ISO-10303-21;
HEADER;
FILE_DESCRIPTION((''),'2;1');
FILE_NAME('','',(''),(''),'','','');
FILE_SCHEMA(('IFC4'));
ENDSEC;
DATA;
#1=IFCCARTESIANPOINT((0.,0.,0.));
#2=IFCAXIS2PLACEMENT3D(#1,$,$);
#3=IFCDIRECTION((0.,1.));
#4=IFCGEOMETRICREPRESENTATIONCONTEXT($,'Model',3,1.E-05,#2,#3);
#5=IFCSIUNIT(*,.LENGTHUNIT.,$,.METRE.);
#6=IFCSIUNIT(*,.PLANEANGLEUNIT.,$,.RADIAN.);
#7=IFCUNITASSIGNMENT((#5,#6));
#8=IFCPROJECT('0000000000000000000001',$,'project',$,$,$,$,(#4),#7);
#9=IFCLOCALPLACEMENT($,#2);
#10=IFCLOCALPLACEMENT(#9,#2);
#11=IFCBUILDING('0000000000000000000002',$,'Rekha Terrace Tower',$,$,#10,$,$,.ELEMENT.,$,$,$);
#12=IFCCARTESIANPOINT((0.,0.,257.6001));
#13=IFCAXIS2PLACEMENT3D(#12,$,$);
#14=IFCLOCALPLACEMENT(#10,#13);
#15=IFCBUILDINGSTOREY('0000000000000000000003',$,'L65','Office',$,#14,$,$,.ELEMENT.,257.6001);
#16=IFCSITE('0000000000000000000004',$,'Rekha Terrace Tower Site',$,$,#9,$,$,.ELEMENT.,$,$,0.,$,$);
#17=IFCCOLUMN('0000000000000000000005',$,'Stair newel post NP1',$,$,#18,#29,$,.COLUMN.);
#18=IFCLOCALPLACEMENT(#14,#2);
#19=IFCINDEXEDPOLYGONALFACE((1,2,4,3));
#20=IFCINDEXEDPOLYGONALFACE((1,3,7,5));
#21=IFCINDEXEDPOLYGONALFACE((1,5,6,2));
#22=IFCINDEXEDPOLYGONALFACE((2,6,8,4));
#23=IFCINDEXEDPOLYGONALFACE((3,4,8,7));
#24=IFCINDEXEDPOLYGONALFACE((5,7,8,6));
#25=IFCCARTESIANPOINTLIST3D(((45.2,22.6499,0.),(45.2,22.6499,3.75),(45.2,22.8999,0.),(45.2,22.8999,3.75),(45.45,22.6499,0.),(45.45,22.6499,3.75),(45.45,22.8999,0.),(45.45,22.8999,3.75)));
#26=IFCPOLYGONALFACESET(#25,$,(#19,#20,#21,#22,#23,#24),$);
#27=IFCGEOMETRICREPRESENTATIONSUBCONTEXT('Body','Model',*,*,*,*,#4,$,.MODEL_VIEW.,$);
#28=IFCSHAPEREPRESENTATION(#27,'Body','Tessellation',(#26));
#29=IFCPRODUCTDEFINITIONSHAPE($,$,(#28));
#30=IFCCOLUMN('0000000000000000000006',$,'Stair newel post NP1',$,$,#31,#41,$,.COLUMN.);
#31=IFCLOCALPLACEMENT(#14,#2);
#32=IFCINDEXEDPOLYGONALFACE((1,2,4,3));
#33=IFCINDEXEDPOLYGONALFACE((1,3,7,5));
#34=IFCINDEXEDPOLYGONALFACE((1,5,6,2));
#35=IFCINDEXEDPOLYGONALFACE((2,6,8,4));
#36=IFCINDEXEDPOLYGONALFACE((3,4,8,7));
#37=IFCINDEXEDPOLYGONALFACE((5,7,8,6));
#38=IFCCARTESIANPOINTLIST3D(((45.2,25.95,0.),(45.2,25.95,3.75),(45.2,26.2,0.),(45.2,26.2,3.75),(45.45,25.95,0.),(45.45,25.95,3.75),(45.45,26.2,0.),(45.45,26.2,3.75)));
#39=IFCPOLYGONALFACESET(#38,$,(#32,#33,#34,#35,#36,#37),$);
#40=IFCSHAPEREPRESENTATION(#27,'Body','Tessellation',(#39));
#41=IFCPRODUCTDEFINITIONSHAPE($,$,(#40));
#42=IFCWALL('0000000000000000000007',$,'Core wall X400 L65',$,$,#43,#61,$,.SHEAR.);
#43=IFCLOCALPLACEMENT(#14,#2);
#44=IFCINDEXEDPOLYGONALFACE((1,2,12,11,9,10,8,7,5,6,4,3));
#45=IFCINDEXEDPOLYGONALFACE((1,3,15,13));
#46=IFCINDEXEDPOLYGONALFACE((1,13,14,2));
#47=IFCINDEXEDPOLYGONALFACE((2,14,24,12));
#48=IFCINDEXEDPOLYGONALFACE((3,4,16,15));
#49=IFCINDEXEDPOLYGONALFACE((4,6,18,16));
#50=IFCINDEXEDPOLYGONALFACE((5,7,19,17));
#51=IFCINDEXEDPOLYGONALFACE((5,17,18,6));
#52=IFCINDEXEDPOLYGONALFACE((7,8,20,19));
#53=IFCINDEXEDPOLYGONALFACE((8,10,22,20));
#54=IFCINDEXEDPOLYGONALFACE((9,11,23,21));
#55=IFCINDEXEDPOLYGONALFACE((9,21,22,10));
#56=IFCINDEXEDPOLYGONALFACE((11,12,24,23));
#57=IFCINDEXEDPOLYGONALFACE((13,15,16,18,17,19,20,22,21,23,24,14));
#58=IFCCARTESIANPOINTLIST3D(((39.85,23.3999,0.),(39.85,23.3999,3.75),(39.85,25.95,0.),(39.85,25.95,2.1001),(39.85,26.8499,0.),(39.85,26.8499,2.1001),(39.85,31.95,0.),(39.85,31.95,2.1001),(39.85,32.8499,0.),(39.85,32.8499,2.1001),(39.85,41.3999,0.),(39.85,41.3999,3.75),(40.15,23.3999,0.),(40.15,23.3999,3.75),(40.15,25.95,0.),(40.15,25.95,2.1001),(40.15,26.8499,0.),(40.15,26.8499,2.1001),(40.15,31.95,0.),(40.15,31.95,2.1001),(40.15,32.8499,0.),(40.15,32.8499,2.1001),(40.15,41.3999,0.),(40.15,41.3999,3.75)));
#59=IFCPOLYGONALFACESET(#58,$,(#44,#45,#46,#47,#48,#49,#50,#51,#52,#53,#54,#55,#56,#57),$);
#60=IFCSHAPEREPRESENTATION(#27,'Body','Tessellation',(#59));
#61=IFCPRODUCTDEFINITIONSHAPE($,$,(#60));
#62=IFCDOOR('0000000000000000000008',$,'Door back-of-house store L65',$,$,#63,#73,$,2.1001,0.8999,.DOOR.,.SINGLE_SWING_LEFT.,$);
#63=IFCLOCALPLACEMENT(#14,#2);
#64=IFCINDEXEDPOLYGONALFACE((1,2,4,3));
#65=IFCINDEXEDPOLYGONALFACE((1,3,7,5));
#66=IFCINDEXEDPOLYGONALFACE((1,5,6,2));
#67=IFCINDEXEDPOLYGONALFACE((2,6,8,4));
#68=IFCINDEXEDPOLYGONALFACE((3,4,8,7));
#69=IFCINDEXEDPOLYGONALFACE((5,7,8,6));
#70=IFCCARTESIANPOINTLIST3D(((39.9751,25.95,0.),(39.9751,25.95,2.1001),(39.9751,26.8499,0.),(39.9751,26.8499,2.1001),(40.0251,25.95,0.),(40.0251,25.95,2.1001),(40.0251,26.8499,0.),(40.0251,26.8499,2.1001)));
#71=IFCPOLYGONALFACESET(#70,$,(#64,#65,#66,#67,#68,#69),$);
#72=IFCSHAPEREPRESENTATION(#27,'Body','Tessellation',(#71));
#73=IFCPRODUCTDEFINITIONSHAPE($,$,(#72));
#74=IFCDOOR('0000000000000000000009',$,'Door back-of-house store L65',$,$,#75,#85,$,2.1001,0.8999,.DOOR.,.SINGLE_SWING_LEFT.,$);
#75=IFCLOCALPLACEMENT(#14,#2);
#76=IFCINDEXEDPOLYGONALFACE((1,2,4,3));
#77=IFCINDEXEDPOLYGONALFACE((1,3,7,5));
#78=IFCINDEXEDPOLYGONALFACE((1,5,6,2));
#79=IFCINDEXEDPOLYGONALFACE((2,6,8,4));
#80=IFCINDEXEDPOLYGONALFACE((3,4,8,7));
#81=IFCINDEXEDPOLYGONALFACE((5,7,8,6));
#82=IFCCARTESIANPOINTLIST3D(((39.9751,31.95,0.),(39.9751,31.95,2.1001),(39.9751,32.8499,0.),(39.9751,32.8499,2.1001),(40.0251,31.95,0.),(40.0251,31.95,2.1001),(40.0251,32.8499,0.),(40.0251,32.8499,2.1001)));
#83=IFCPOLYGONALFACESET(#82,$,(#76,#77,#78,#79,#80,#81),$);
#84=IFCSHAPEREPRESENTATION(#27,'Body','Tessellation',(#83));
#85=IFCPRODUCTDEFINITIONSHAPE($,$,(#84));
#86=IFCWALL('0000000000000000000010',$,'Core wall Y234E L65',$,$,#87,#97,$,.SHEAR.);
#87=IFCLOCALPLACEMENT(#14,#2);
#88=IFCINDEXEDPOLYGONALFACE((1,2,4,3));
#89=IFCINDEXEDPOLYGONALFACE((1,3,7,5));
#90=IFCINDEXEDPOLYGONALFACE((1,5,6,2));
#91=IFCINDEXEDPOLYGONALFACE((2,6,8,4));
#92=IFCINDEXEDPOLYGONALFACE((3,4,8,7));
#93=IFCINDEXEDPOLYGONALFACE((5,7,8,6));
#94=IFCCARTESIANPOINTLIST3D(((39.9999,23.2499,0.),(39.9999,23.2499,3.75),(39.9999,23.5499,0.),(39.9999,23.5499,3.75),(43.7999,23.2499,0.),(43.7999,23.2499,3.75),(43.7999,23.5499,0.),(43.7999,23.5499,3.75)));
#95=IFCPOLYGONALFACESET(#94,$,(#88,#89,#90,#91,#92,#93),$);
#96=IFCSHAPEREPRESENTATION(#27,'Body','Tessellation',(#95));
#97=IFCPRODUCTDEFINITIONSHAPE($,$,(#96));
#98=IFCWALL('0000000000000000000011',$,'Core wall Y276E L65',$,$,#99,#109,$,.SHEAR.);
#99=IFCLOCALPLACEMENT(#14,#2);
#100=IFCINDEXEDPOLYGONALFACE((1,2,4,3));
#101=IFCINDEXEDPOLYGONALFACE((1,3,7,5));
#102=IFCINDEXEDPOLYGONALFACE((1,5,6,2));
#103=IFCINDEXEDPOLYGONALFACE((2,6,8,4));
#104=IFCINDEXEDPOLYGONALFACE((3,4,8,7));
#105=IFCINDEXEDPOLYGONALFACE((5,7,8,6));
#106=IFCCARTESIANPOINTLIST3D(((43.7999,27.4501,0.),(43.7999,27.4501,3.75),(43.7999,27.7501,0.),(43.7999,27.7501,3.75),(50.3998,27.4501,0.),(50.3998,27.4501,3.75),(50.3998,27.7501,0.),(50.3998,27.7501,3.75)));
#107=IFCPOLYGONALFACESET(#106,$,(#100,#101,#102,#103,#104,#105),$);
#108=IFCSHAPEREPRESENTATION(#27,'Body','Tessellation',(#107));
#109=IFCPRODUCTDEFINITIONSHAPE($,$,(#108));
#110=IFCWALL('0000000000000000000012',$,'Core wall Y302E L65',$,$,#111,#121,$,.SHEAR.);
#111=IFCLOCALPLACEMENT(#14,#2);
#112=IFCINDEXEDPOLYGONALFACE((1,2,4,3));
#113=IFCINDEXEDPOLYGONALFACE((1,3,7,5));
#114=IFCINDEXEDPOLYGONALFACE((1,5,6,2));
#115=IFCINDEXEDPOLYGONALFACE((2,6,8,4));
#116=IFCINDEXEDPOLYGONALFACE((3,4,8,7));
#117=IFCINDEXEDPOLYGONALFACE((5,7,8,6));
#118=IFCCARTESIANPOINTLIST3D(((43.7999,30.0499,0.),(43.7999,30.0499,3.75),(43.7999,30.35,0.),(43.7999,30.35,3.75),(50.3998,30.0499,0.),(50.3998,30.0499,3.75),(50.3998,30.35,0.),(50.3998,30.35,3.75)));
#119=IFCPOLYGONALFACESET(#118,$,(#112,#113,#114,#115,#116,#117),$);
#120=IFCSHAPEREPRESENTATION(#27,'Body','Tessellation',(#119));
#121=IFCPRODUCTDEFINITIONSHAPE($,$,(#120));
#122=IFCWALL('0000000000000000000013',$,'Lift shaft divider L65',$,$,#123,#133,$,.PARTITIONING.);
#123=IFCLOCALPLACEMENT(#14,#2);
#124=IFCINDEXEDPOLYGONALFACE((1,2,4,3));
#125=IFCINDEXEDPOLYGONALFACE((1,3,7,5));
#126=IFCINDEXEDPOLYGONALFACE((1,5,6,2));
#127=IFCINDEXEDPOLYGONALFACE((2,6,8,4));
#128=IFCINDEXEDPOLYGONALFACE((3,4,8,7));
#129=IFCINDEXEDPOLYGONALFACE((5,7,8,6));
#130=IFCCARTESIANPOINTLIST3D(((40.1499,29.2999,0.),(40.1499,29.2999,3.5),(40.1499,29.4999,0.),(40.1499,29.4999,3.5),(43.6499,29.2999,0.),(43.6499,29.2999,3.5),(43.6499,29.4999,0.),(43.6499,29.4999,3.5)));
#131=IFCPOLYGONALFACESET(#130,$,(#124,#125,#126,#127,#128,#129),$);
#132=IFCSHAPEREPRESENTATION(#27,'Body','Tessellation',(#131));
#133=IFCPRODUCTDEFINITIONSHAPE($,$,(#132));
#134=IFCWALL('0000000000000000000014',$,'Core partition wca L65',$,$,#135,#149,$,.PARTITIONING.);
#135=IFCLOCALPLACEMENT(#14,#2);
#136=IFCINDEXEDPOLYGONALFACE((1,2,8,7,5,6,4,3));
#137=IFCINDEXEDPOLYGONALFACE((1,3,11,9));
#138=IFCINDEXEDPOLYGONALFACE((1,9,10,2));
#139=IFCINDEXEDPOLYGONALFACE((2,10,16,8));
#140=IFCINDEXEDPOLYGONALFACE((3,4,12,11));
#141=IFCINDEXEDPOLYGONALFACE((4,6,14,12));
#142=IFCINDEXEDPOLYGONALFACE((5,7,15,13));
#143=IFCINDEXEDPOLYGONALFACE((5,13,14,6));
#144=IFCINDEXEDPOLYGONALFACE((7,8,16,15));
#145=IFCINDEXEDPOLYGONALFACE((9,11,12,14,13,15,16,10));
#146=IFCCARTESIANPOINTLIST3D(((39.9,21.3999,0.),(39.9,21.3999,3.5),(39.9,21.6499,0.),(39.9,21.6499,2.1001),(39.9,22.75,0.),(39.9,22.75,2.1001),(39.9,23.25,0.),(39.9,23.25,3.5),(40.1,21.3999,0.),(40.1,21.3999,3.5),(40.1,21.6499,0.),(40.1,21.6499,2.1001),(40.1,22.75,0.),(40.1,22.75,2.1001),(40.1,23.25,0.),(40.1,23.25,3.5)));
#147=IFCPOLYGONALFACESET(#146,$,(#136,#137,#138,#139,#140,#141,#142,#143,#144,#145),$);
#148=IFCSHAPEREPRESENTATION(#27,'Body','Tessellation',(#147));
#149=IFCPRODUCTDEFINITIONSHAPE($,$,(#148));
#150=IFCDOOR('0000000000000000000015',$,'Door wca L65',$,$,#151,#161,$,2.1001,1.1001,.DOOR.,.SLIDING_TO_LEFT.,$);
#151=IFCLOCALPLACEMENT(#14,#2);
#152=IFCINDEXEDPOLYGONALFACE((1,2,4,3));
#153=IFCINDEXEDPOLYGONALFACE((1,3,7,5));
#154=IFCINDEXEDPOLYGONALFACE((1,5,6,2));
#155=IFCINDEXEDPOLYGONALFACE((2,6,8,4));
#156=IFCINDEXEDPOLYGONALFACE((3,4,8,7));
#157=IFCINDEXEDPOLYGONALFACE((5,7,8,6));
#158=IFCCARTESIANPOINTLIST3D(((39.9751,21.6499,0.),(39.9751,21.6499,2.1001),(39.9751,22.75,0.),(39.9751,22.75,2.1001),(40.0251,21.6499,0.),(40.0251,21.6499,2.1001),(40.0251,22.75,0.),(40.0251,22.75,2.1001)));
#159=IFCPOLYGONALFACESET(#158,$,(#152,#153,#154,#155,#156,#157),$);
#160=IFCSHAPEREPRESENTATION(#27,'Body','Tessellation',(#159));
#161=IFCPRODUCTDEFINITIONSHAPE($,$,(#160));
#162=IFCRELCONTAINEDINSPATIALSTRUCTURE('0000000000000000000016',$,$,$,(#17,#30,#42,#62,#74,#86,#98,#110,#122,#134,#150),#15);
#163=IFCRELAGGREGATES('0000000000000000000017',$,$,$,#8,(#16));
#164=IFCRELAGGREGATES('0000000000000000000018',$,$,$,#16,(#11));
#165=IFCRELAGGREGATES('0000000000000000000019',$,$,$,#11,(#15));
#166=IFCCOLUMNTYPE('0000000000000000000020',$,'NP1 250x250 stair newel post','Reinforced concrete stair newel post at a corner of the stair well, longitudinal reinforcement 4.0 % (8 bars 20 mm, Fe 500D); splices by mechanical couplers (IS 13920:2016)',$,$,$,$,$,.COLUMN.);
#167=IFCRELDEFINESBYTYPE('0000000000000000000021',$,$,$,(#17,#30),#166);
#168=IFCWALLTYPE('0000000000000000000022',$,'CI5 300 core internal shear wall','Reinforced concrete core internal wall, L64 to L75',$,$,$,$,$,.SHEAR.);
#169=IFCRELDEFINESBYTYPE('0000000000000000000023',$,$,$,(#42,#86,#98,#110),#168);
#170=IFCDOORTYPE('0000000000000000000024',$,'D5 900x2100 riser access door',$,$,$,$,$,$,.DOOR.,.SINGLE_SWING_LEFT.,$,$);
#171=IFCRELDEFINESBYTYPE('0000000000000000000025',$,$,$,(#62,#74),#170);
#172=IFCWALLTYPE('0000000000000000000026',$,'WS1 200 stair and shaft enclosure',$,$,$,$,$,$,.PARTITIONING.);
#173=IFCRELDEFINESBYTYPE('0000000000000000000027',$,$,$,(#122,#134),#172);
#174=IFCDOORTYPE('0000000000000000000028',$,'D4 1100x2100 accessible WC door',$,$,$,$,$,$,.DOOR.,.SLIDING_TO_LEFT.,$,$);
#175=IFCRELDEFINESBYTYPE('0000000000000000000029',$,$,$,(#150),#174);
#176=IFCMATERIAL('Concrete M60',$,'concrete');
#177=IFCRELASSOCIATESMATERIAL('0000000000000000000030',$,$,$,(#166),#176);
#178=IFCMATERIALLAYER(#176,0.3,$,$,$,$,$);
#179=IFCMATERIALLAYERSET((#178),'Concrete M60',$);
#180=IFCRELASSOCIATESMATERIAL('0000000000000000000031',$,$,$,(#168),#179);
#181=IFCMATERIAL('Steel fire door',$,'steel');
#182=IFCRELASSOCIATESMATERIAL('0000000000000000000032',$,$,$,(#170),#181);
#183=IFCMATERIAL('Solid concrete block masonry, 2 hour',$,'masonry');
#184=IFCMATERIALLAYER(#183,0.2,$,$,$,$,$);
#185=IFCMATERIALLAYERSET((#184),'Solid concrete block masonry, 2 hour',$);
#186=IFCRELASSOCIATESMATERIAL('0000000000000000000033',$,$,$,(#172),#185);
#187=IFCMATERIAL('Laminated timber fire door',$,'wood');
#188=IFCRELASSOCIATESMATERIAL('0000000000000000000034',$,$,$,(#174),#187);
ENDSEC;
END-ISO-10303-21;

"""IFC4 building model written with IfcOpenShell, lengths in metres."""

from ifc_helpers import new_model, si_unit, direction, frame, frame_2d, origin, origin_2d, place, context, subcontext, project, spatial, rectangle, extrude, material, layer, layer_set, material_profile, profile_set, type_object, element, fill, save


model = new_model("IFC4")

# Units and contexts
model_context = context("Model", 3, precision=1e-05, world=origin(), true_north=direction((0.0, 1.0)))
body_context = subcontext(model_context, "Body", "Model", "MODEL_VIEW")
ifc_project = project(units=[si_unit("LENGTHUNIT", "METRE"), si_unit("PLANEANGLEUNIT", "RADIAN")], contexts=[model_context])

# Site, building, storey
site_placement = place(None, origin())
site = spatial("IfcSite", under=ifc_project, at=site_placement, Name="Rekha Terrace Tower Site", CompositionType="ELEMENT", RefElevation=0.0)
building_placement = place(site_placement, origin())
building = spatial("IfcBuilding", under=site, at=building_placement, Name="Rekha Terrace Tower", CompositionType="ELEMENT")
storey_placement = place(building_placement, frame((0.0, 0.0, 257.6001)))
storey = spatial("IfcBuildingStorey", under=building, at=storey_placement, Name="L65", Description="Office", CompositionType="ELEMENT", Elevation=257.6001)

# Columns
ifc_material_1 = material(Name="Concrete M60", Category="concrete")
ifc_material_profile = material_profile(ifc_material_1, rectangle(XDim=0.25, YDim=0.25, at=origin_2d()), Name="RC 250x250")
ifc_profile_set = profile_set([ifc_material_profile], Name="Concrete M60")
column_type = type_object("IfcColumnType", Name="NP1 250x250 stair newel post", Description="Reinforced concrete stair newel post at a corner of the stair well, longitudinal reinforcement 4.0 % (8 bars 20 mm, Fe 500D); splices by mechanical couplers (IS 13920:2016)", PredefinedType="COLUMN", material=ifc_profile_set)
for number, where, z_axis, x_axis, name in (
    (1, (45.325, 22.7749, 0.0), (0.0, 0.0, 1.0), (1.0, 0.0, 0.0), "Stair newel post NP1"),
    (2, (45.325, 26.075, 0.0), (0.0, 0.0, 1.0), (1.0, 0.0, 0.0), "Stair newel post NP1"),
):
    element("IfcColumn", number, at=place(storey_placement, frame(where, z_axis=z_axis, x_axis=x_axis)), inside=storey, type_object=column_type, Name=name, PredefinedType="COLUMN", context=body_context, shape_type="SweptSolid", body=[
        extrude(rectangle(XDim=0.25, YDim=0.25, at=origin_2d()), origin(), (0.0, 0.0, 1.0), 3.75),
    ])

# Wall, openings, doors
ifc_layer_1 = layer(ifc_material_1, 0.3)
ifc_layer_set_1 = layer_set([ifc_layer_1], Name="Concrete M60")
wall_type_1 = type_object("IfcWallType", Name="CI5 300 core internal shear wall", Description="Reinforced concrete core internal wall, L64 to L75", PredefinedType="SHEAR", material=ifc_layer_set_1)
wall_1_placement = place(storey_placement, frame((40.0, 23.3999, 0.0), z_axis=(0.0, 0.0, 1.0), x_axis=(0.0, 1.0, 0.0)))
wall_1 = element("IfcWall", 3, at=wall_1_placement, inside=storey, type_object=wall_type_1, Name="Core wall X400 L65", PredefinedType="SHEAR", context=body_context, shape_type="SweptSolid", body=[
    extrude(rectangle(XDim=18.0, YDim=0.3, at=frame_2d((9.0, 0.0))), origin(), (0.0, 0.0, 1.0), 3.75),
])
opening_1_placement = place(wall_1_placement, frame((2.55, 0.0, 0.0)))
opening_1 = element("IfcOpeningElement", 4, at=opening_1_placement, cuts=wall_1, PredefinedType="OPENING", context=body_context, shape_type="SweptSolid", body=[
    extrude(rectangle(XDim=0.8999, YDim=2.1001, at=frame_2d((0.45, 1.05))), frame((0.0, 0.1599, 0.0), z_axis=(0.0, -1.0, 0.0), x_axis=(1.0, 0.0, 0.0)), (0.0, 0.0, 1.0), 0.3201),
])
opening_2_placement = place(wall_1_placement, frame((8.55, 0.0, 0.0)))
opening_2 = element("IfcOpeningElement", 5, at=opening_2_placement, cuts=wall_1, PredefinedType="OPENING", context=body_context, shape_type="SweptSolid", body=[
    extrude(rectangle(XDim=0.8999, YDim=2.1001, at=frame_2d((0.45, 1.05))), frame((0.0, 0.1599, 0.0), z_axis=(0.0, -1.0, 0.0), x_axis=(1.0, 0.0, 0.0)), (0.0, 0.0, 1.0), 0.3201),
])
ifc_material_2 = material(Name="Steel fire door", Category="steel")
door_type_1 = type_object("IfcDoorType", Name="D5 900x2100 riser access door", OperationType="SINGLE_SWING_LEFT", PredefinedType="DOOR", material=ifc_material_2)
door_1_placement = place(opening_1_placement, origin())
door_1 = element("IfcDoor", 6, at=door_1_placement, inside=storey, type_object=door_type_1, Name="Door back-of-house store L65", OperationType="SINGLE_SWING_LEFT", OverallHeight=2.1001, OverallWidth=0.8999, PredefinedType="DOOR", context=body_context, shape_type="SweptSolid", body=[
    extrude(rectangle(XDim=0.8999, YDim=2.1001, at=frame_2d((0.45, 1.05))), frame((0.0, 0.0249, 0.0), z_axis=(0.0, -1.0, 0.0), x_axis=(1.0, 0.0, 0.0)), (0.0, 0.0, 1.0), 0.05),
])
fill(opening_1, door_1)
door_2_placement = place(opening_2_placement, origin())
door_2 = element("IfcDoor", 7, at=door_2_placement, inside=storey, type_object=door_type_1, Name="Door back-of-house store L65", OperationType="SINGLE_SWING_LEFT", OverallHeight=2.1001, OverallWidth=0.8999, PredefinedType="DOOR", context=body_context, shape_type="SweptSolid", body=[
    extrude(rectangle(XDim=0.8999, YDim=2.1001, at=frame_2d((0.45, 1.05))), frame((0.0, 0.0249, 0.0), z_axis=(0.0, -1.0, 0.0), x_axis=(1.0, 0.0, 0.0)), (0.0, 0.0, 1.0), 0.05),
])
fill(opening_2, door_2)

# Walls
wall_2_placement = place(storey_placement, frame((40.0, 23.3999, 0.0), z_axis=(0.0, 0.0, 1.0), x_axis=(1.0, 0.0, 0.0)))
element("IfcWall", 8, at=wall_2_placement, inside=storey, type_object=wall_type_1, Name="Core wall Y234E L65", PredefinedType="SHEAR", context=body_context, shape_type="SweptSolid", body=[
    extrude(rectangle(XDim=3.8, YDim=0.3, at=frame_2d((1.8999, 0.0))), origin(), (0.0, 0.0, 1.0), 3.75),
])
for number, where, z_axis, x_axis, name in (
    (9, (43.8, 27.6001, 0.0), (0.0, 0.0, 1.0), (1.0, 0.0, 0.0), "Core wall Y276E L65"),
    (10, (43.8, 30.2, 0.0), (0.0, 0.0, 1.0), (1.0, 0.0, 0.0), "Core wall Y302E L65"),
):
    element("IfcWall", number, at=place(storey_placement, frame(where, z_axis=z_axis, x_axis=x_axis)), inside=storey, type_object=wall_type_1, Name=name, PredefinedType="SHEAR", context=body_context, shape_type="SweptSolid", body=[
        extrude(rectangle(XDim=6.5999, YDim=0.3, at=frame_2d((3.2998, 0.0))), origin(), (0.0, 0.0, 1.0), 3.75),
    ])
ifc_material_3 = material(Name="Solid concrete block masonry, 2 hour", Category="masonry")
ifc_layer_2 = layer(ifc_material_3, 0.2)
ifc_layer_set_2 = layer_set([ifc_layer_2], Name="Solid concrete block masonry, 2 hour")
wall_type_2 = type_object("IfcWallType", Name="WS1 200 stair and shaft enclosure", PredefinedType="PARTITIONING", material=ifc_layer_set_2)
wall_3_placement = place(storey_placement, frame((40.1499, 29.3999, 0.0), z_axis=(0.0, 0.0, 1.0), x_axis=(1.0, 0.0, 0.0)))
element("IfcWall", 11, at=wall_3_placement, inside=storey, type_object=wall_type_2, Name="Lift shaft divider L65", PredefinedType="PARTITIONING", context=body_context, shape_type="SweptSolid", body=[
    extrude(rectangle(XDim=3.5, YDim=0.2, at=frame_2d((1.75, 0.0))), origin(), (0.0, 0.0, 1.0), 3.5),
])

# Wall, opening, door
wall_4_placement = place(storey_placement, frame((40.0, 21.3999, 0.0), z_axis=(0.0, 0.0, 1.0), x_axis=(0.0, 1.0, 0.0)))
wall_4 = element("IfcWall", 12, at=wall_4_placement, inside=storey, type_object=wall_type_2, Name="Core partition wca L65", PredefinedType="PARTITIONING", context=body_context, shape_type="SweptSolid", body=[
    extrude(rectangle(XDim=1.8501, YDim=0.2, at=frame_2d((0.925, 0.0))), origin(), (0.0, 0.0, 1.0), 3.5),
])
opening_3_placement = place(wall_4_placement, frame((0.25, 0.0, 0.0)))
opening_3 = element("IfcOpeningElement", 13, at=opening_3_placement, cuts=wall_4, PredefinedType="OPENING", context=body_context, shape_type="SweptSolid", body=[
    extrude(rectangle(XDim=1.1001, YDim=2.1001, at=frame_2d((0.55, 1.05))), frame((0.0, 0.1099, 0.0), z_axis=(0.0, -1.0, 0.0), x_axis=(1.0, 0.0, 0.0)), (0.0, 0.0, 1.0), 0.22),
])
ifc_material_4 = material(Name="Laminated timber fire door", Category="wood")
door_type_2 = type_object("IfcDoorType", Name="D4 1100x2100 accessible WC door", OperationType="SLIDING_TO_LEFT", PredefinedType="DOOR", material=ifc_material_4)
door_3_placement = place(opening_3_placement, origin())
door_3 = element("IfcDoor", 14, at=door_3_placement, inside=storey, type_object=door_type_2, Name="Door wca L65", OperationType="SLIDING_TO_LEFT", OverallHeight=2.1001, OverallWidth=1.1001, PredefinedType="DOOR", context=body_context, shape_type="SweptSolid", body=[
    extrude(rectangle(XDim=1.1001, YDim=2.1001, at=frame_2d((0.55, 1.05))), frame((0.0, 0.0249, 0.0), z_axis=(0.0, -1.0, 0.0), x_axis=(1.0, 0.0, 0.0)), (0.0, 0.0, 1.0), 0.05),
])
fill(opening_3, door_3)

save(model, "model.ifc")
